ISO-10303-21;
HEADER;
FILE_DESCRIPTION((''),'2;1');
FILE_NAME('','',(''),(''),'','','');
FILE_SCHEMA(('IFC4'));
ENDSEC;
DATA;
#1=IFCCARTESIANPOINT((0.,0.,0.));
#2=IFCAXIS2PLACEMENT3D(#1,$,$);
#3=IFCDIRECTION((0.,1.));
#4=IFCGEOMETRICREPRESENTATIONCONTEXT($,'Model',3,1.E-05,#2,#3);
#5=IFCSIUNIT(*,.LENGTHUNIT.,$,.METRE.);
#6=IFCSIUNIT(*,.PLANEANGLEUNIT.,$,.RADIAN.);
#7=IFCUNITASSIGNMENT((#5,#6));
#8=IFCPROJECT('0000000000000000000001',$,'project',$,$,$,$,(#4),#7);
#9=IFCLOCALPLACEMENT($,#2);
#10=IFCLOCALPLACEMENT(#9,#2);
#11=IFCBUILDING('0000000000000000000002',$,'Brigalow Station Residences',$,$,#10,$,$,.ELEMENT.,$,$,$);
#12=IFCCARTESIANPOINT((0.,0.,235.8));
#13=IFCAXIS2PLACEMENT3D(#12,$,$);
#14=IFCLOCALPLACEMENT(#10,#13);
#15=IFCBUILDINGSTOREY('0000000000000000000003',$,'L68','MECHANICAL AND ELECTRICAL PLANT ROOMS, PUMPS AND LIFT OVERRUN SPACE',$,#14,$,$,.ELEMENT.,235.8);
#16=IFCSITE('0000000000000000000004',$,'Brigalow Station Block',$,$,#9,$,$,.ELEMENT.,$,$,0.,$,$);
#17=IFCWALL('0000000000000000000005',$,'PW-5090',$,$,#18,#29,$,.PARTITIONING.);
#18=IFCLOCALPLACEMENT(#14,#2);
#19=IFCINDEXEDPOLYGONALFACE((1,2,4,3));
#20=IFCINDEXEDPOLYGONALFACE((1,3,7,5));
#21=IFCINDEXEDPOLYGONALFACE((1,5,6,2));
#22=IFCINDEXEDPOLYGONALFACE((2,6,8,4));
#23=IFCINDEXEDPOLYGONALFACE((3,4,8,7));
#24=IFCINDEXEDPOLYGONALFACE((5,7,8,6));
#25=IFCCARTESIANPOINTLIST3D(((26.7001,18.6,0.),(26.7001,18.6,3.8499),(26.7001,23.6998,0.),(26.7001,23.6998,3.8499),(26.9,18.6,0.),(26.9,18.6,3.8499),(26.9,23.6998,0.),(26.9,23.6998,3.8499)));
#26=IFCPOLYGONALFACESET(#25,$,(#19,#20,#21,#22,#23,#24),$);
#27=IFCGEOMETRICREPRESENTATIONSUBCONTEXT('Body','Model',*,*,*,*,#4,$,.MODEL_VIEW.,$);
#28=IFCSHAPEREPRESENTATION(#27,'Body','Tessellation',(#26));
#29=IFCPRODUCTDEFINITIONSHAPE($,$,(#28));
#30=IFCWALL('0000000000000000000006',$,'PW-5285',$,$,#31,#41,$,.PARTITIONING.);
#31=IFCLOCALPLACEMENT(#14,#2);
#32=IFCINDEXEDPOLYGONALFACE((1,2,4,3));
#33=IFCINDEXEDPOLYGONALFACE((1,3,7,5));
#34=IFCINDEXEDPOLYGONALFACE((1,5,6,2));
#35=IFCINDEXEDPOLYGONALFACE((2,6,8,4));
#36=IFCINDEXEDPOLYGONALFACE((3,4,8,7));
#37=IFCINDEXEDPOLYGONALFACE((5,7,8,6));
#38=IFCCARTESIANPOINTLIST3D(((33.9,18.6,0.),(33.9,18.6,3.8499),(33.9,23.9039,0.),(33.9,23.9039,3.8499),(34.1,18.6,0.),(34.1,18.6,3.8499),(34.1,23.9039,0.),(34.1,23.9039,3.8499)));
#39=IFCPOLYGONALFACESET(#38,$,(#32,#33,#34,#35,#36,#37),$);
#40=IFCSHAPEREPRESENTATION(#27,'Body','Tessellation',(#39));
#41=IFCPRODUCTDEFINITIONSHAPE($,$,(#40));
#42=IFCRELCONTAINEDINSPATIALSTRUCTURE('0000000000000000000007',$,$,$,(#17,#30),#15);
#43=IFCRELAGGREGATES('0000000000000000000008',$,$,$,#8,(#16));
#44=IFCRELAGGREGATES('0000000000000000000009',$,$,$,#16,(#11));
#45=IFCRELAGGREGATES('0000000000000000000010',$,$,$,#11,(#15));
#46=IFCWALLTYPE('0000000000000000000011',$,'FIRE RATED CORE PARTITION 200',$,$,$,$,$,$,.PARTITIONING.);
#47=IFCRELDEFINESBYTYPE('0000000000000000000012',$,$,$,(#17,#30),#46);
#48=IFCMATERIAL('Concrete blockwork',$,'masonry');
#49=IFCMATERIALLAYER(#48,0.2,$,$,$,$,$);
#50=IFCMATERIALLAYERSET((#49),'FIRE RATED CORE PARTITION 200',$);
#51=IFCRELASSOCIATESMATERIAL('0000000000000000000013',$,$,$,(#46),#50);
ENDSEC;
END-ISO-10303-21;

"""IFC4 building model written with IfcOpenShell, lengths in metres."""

from ifc_helpers import new_model, si_unit, direction, frame, frame_2d, origin, place, context, subcontext, project, spatial, rectangle, extrude, material, layer, layer_set, type_object, element, save


model = new_model("IFC4")

# Units and contexts
model_context = context("Model", 3, precision=1e-05, world=origin(), true_north=direction((0.0, 1.0)))
body_context = subcontext(model_context, "Body", "Model", "MODEL_VIEW")
ifc_project = project(units=[si_unit("LENGTHUNIT", "METRE"), si_unit("PLANEANGLEUNIT", "RADIAN")], contexts=[model_context])

# Site, building, storey
site_placement = place(None, origin())
site = spatial("IfcSite", under=ifc_project, at=site_placement, Name="Brigalow Station Block", CompositionType="ELEMENT", RefElevation=0.0)
building_placement = place(site_placement, origin())
building = spatial("IfcBuilding", under=site, at=building_placement, Name="Brigalow Station Residences", CompositionType="ELEMENT")
storey_placement = place(building_placement, frame((0.0, 0.0, 235.8)))
storey = spatial("IfcBuildingStorey", under=building, at=storey_placement, Name="L68", Description="MECHANICAL AND ELECTRICAL PLANT ROOMS, PUMPS AND LIFT OVERRUN SPACE", CompositionType="ELEMENT", Elevation=235.8)

# Shared definitions
ifc_material_1 = material(Name="Concrete blockwork", Category="masonry")
ifc_layer_1 = layer(ifc_material_1, 0.2)
ifc_layer_set_1 = layer_set([ifc_layer_1], Name="FIRE RATED CORE PARTITION 200")
wall_type = type_object("IfcWallType", Name="FIRE RATED CORE PARTITION 200", PredefinedType="PARTITIONING", material=ifc_layer_set_1)

# Walls
wall_1_placement = place(storey_placement, frame((26.8, 18.6001, 0.0), z_axis=(0.0, 0.0, 1.0), x_axis=(0.0, 1.0, 0.0)))
element("IfcWall", 1, at=wall_1_placement, inside=storey, type_object=wall_type, Name="PW-5090", PredefinedType="PARTITIONING", context=body_context, shape_type="SweptSolid", body=[
    extrude(rectangle(XDim=5.0999, YDim=0.2, at=frame_2d((2.5498, 0.0))), origin(), (0.0, 0.0, 1.0), 3.8499),
])
wall_2_placement = place(storey_placement, frame((34.0, 18.6001, 0.0), z_axis=(0.0, 0.0, 1.0), x_axis=(0.0, 1.0, 0.0)))
element("IfcWall", 2, at=wall_2_placement, inside=storey, type_object=wall_type, Name="PW-5285", PredefinedType="PARTITIONING", context=body_context, shape_type="SweptSolid", body=[
    extrude(rectangle(XDim=5.304, YDim=0.2, at=frame_2d((2.6519, 0.0))), origin(), (0.0, 0.0, 1.0), 3.8499),
])

save(model, "model.ifc")
